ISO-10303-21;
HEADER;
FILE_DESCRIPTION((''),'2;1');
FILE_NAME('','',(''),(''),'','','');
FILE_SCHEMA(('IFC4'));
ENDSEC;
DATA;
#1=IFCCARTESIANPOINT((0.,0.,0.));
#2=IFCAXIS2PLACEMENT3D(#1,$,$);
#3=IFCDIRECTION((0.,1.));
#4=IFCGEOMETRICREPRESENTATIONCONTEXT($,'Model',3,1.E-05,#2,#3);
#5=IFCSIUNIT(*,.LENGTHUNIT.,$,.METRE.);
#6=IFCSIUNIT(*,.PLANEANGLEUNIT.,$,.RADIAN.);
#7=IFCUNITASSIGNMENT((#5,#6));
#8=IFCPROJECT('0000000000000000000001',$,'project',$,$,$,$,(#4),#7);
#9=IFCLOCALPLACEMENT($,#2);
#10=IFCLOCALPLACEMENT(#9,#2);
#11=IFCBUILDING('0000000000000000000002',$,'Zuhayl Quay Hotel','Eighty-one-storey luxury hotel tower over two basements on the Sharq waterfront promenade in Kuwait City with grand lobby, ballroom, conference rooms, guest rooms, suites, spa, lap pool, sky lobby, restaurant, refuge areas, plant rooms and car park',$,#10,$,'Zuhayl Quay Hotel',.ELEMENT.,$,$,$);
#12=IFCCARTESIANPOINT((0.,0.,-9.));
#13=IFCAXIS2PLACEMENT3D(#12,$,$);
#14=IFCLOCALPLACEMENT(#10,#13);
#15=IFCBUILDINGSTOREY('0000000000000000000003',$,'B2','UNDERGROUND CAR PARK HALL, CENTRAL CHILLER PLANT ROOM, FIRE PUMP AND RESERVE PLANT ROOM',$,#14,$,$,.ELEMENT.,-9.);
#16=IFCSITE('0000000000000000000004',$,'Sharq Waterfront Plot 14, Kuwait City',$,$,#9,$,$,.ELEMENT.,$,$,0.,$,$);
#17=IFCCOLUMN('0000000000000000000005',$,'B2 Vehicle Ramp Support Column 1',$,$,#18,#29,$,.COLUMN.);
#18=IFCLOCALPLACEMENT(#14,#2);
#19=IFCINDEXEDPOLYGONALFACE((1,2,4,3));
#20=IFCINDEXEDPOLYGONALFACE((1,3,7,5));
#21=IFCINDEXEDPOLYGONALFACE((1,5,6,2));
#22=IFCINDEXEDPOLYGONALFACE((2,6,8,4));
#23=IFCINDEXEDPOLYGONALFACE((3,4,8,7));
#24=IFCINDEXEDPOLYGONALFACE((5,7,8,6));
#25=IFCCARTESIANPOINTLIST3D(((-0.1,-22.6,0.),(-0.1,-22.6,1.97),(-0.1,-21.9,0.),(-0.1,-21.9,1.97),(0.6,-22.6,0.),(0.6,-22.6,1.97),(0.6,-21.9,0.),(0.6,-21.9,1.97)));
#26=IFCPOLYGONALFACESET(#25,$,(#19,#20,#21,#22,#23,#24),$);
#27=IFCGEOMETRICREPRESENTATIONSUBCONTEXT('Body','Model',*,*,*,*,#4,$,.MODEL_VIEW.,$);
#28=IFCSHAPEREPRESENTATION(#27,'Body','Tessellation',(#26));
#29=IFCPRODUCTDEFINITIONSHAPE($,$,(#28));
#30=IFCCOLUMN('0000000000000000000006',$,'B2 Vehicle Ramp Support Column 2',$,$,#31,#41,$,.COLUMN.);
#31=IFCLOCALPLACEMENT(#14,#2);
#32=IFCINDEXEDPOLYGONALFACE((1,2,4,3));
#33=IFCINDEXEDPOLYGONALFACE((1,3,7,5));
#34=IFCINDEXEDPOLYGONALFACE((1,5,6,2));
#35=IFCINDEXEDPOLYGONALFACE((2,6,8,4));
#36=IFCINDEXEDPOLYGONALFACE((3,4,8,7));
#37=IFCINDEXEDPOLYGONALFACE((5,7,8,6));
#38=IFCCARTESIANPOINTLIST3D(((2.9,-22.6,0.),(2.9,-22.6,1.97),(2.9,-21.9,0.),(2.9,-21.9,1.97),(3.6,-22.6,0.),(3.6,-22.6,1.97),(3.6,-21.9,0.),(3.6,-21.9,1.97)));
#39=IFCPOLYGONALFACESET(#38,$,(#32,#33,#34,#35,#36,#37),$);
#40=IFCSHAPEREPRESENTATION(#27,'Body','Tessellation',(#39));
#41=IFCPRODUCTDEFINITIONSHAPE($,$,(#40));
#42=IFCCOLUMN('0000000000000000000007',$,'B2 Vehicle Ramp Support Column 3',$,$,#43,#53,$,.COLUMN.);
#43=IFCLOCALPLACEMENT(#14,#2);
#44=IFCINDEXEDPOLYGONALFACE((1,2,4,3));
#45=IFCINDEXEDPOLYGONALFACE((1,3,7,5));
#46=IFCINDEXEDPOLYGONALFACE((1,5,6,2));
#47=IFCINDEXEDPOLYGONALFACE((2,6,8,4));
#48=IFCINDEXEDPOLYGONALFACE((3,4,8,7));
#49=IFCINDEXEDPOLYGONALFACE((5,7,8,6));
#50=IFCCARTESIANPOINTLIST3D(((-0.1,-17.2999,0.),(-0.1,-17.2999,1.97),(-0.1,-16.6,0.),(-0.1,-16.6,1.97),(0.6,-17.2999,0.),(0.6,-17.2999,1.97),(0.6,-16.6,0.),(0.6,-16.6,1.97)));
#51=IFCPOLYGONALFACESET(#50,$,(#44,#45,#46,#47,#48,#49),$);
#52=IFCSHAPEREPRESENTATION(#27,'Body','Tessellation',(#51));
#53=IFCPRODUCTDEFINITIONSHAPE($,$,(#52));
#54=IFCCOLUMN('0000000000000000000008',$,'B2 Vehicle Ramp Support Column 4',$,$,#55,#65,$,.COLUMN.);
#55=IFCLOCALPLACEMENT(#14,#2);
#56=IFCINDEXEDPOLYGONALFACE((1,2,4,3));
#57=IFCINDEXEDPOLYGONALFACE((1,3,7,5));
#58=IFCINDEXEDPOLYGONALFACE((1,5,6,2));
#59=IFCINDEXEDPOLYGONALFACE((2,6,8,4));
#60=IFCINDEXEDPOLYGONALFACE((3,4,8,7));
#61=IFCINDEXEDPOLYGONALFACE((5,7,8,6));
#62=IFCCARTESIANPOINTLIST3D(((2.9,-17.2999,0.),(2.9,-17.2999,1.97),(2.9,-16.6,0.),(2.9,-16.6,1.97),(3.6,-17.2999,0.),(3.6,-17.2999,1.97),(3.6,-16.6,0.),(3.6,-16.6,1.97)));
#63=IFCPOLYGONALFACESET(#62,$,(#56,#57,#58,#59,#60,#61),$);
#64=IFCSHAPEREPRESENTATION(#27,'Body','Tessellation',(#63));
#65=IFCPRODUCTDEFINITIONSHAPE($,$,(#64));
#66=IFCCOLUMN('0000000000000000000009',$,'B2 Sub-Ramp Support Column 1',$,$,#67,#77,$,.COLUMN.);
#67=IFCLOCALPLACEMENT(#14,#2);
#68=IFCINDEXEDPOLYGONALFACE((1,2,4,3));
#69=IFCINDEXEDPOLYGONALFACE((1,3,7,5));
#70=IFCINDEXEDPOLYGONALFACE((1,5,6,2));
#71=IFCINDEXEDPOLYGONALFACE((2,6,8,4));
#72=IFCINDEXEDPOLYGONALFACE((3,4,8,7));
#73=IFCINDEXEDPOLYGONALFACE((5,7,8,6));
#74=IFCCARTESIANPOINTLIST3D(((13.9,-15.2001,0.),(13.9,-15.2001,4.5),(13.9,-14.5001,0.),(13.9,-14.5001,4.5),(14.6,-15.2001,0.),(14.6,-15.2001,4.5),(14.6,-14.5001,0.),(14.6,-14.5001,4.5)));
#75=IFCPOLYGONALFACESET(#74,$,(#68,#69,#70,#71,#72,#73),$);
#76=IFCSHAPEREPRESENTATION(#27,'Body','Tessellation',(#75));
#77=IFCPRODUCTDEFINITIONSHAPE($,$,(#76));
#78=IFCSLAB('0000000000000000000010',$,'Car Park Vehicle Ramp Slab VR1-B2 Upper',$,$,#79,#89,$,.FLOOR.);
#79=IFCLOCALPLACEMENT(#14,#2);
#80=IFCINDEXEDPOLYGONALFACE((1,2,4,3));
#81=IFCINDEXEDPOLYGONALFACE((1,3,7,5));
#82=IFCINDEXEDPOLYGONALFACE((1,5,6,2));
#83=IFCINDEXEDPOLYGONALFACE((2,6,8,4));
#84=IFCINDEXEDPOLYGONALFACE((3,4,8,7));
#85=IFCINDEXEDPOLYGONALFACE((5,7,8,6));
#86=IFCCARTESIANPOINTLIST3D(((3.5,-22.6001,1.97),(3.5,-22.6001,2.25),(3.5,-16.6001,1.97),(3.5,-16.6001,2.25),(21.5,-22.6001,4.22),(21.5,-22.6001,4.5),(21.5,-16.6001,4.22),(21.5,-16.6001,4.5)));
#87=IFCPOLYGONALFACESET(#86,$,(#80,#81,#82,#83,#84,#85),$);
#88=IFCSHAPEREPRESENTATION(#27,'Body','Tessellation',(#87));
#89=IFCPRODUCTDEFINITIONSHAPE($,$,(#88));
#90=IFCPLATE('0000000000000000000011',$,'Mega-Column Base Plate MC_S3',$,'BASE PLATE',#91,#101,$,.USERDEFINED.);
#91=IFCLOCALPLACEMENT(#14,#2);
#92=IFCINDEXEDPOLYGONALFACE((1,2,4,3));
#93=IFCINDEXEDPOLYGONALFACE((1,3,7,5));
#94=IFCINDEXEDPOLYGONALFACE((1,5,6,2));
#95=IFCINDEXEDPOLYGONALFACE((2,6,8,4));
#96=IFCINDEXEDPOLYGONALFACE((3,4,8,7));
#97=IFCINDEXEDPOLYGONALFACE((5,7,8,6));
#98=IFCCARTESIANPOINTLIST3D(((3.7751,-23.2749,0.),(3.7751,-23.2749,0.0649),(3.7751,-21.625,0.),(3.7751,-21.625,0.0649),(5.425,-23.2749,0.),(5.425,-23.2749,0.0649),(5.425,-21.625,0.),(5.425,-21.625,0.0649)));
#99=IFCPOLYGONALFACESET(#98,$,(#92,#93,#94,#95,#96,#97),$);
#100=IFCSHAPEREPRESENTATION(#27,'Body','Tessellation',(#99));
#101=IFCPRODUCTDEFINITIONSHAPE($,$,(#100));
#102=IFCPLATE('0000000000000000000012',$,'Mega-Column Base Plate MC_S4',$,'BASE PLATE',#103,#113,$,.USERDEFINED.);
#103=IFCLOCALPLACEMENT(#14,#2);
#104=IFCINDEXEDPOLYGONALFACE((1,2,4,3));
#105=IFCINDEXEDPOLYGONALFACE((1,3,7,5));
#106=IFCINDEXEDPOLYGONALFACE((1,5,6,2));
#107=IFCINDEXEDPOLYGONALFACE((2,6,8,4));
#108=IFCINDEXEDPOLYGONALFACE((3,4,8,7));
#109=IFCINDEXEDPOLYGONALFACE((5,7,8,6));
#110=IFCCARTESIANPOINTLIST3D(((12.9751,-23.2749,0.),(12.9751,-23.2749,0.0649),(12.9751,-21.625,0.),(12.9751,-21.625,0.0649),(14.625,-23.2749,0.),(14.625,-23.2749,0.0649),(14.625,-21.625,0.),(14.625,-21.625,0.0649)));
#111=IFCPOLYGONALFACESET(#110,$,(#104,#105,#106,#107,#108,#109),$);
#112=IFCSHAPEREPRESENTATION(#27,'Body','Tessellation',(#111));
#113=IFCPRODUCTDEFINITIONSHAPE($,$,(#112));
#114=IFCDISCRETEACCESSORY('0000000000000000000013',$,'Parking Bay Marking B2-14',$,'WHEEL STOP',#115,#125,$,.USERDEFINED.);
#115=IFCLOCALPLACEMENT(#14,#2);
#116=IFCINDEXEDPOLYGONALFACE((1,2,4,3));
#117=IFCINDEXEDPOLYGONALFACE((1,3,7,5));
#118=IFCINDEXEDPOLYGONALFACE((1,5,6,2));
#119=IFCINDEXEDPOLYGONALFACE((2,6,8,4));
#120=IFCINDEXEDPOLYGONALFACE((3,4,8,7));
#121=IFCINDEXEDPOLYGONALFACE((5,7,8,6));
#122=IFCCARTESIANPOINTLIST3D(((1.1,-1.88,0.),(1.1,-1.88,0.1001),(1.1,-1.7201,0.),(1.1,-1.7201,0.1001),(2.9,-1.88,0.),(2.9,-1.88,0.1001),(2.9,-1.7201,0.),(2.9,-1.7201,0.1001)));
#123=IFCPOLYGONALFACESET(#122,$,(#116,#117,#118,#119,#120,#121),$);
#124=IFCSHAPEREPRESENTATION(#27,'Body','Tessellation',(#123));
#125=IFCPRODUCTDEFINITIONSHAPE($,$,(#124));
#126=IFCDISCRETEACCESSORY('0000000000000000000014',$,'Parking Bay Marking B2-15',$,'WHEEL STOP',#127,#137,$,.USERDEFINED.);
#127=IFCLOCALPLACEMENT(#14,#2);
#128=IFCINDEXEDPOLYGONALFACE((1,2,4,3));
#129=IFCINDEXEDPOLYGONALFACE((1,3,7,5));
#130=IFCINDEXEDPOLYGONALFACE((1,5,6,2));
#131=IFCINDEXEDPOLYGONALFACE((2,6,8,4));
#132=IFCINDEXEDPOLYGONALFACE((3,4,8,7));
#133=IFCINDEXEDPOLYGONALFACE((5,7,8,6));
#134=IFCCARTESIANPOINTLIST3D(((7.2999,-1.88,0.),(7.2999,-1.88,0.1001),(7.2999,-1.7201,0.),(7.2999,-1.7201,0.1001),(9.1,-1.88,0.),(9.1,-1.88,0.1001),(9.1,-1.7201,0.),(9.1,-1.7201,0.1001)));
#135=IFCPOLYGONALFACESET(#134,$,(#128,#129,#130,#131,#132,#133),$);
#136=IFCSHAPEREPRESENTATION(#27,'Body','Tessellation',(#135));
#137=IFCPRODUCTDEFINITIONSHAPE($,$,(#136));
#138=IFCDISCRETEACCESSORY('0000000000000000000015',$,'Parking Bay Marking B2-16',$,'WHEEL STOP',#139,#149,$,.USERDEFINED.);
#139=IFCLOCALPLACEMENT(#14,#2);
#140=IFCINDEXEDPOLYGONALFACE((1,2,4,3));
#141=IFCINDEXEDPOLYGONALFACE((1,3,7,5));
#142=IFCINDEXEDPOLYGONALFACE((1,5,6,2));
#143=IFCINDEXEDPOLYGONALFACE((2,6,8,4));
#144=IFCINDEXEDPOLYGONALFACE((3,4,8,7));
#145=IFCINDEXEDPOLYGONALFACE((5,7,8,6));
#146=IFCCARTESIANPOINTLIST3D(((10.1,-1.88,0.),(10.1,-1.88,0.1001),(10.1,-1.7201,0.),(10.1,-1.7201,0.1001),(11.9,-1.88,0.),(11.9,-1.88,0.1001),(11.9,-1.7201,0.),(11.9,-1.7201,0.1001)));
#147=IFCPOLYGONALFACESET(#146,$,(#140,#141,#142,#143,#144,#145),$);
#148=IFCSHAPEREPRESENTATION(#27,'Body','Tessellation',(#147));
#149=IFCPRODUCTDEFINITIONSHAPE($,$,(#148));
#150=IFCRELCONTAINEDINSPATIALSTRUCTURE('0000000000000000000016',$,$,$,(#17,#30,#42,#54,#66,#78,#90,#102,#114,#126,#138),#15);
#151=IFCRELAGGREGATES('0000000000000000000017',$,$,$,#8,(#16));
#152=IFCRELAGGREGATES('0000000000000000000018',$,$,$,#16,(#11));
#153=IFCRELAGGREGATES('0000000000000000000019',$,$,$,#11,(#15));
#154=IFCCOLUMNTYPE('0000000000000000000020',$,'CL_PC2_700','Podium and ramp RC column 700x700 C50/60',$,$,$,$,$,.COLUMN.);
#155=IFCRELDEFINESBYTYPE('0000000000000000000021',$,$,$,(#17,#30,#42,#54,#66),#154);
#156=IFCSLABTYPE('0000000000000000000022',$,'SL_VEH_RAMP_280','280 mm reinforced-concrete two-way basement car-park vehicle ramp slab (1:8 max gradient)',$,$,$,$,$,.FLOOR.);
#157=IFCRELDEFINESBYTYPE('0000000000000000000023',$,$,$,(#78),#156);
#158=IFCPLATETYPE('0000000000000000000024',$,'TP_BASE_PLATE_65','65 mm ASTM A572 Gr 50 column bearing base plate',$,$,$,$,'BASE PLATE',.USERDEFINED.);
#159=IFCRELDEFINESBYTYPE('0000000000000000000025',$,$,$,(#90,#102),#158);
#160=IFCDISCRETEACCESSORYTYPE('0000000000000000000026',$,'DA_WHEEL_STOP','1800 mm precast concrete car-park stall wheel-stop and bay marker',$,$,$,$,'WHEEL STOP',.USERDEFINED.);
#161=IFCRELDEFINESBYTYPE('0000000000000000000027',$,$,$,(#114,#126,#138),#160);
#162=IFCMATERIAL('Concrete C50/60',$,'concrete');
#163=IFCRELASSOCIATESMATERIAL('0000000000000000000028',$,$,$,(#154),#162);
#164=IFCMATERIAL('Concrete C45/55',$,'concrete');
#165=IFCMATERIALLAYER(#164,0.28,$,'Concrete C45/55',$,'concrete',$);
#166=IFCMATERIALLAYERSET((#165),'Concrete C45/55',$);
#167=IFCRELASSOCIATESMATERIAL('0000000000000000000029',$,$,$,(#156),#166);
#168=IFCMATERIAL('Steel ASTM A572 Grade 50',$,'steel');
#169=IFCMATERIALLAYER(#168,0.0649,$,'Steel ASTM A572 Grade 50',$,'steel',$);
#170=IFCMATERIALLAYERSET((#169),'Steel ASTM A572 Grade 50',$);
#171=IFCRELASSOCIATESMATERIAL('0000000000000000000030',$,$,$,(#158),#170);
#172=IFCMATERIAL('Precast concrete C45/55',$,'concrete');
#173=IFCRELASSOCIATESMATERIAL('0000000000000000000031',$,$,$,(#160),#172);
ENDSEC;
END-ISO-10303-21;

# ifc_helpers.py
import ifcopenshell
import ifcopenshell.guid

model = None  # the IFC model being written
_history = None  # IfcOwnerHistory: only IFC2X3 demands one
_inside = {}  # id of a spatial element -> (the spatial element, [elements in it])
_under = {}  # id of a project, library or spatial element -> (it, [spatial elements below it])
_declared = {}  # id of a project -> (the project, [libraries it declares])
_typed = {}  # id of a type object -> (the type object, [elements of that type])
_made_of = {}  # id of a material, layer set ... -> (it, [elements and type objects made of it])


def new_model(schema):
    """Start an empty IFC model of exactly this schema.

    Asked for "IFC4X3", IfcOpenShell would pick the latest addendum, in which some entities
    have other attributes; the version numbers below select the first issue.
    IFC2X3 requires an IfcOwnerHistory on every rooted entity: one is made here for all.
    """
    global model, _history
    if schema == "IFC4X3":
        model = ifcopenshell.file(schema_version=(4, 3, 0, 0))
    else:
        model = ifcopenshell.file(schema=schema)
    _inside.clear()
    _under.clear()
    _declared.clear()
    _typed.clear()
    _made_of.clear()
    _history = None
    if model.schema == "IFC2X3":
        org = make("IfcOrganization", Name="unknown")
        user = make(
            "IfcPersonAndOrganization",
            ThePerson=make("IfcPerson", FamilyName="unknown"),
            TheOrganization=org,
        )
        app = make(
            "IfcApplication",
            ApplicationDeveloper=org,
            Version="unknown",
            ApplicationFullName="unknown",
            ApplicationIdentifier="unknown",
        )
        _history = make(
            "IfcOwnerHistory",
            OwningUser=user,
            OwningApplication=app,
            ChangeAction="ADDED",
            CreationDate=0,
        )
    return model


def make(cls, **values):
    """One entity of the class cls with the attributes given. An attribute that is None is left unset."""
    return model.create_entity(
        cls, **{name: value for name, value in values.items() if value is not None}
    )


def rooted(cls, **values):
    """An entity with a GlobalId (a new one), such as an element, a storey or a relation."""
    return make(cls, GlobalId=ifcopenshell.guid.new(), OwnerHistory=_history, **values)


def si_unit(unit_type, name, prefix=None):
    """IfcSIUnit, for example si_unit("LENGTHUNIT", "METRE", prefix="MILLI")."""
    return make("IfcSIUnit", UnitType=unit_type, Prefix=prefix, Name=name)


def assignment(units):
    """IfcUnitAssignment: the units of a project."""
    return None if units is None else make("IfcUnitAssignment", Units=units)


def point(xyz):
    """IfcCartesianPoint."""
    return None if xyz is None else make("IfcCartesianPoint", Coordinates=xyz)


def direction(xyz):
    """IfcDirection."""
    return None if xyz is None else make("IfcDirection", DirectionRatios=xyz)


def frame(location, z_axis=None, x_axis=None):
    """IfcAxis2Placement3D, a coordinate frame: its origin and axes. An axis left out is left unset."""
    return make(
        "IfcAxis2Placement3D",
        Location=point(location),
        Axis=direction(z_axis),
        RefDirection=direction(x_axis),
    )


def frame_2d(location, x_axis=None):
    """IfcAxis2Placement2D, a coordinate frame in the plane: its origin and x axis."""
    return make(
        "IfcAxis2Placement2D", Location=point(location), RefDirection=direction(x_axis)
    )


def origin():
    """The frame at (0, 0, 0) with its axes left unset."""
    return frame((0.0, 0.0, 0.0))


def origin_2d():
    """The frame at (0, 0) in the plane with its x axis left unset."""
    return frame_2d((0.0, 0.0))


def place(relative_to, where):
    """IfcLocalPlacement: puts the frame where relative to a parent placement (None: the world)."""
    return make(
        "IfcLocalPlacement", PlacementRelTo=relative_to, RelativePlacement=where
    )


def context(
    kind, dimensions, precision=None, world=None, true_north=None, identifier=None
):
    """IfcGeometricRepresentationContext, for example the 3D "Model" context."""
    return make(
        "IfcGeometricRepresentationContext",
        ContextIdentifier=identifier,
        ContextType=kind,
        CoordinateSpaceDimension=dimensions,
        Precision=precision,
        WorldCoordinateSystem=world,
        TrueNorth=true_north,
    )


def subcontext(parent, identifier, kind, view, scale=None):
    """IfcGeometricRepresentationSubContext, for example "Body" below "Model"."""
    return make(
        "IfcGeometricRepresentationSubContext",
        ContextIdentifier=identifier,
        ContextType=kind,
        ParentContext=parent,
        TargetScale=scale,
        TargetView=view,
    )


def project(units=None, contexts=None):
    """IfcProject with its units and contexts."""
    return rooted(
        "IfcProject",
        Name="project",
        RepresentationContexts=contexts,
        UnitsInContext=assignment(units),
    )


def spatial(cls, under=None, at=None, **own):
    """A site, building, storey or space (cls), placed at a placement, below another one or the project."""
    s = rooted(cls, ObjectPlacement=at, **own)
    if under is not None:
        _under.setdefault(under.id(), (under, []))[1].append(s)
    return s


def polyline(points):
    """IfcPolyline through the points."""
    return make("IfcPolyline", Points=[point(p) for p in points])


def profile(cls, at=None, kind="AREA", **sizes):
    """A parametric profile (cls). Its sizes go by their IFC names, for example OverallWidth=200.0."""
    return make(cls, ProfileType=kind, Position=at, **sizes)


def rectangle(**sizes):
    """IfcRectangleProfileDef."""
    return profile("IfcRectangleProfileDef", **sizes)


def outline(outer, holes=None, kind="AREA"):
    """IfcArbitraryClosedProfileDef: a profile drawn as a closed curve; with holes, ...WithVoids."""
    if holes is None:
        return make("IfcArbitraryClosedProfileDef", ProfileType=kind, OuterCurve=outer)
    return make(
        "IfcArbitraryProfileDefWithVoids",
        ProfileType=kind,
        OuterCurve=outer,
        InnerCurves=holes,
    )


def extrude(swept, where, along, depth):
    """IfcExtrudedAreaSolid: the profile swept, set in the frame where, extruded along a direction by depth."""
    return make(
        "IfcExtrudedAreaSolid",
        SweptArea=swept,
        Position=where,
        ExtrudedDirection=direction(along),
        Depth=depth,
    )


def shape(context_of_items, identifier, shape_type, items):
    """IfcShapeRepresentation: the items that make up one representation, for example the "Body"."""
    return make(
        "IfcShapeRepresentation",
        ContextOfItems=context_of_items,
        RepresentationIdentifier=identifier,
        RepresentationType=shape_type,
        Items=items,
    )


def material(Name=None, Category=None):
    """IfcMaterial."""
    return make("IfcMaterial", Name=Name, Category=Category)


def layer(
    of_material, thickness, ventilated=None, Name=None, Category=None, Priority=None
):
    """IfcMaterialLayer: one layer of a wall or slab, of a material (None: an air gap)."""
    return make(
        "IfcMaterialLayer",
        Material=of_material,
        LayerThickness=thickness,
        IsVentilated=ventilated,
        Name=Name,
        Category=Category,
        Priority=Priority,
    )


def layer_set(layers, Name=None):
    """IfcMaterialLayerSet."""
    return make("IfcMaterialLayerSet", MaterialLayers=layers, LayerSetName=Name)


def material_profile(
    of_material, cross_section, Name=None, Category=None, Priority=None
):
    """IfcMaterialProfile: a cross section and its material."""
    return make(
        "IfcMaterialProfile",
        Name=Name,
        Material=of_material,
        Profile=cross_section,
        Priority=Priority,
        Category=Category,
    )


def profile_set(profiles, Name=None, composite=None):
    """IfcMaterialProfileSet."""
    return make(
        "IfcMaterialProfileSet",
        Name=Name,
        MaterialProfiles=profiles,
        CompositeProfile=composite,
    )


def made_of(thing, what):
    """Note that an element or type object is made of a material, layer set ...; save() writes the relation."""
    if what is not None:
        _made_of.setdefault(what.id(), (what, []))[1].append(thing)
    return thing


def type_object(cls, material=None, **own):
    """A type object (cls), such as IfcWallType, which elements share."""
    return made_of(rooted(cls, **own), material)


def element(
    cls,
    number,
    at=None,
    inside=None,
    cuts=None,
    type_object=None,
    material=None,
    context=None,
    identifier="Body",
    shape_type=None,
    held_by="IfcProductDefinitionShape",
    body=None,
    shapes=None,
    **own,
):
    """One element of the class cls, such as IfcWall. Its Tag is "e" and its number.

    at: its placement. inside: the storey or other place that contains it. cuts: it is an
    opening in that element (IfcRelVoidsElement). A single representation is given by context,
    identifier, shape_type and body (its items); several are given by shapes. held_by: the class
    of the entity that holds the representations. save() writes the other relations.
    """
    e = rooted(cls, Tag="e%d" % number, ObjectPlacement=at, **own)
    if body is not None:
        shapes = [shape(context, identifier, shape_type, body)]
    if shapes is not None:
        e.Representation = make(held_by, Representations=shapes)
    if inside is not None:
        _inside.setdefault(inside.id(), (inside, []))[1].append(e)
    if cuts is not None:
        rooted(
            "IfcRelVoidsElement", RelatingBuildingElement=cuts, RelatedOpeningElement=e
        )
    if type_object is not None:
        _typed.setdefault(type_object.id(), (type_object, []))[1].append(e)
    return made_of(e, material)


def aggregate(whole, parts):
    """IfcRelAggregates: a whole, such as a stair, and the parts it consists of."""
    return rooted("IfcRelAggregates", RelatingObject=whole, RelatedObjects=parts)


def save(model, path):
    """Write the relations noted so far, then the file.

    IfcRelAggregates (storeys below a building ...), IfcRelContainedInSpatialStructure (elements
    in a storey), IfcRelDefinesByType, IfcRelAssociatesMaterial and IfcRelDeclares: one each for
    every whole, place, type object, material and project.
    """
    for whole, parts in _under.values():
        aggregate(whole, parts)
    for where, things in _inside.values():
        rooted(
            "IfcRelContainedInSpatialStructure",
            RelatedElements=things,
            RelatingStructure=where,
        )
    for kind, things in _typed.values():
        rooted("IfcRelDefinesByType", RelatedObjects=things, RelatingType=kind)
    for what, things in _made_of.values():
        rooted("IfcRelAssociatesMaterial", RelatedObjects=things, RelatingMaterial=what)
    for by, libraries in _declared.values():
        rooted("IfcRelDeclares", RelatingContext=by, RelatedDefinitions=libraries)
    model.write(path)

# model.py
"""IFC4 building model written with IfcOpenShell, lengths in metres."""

from ifc_helpers import new_model, si_unit, direction, frame, origin, origin_2d, place, context, subcontext, project, spatial, polyline, rectangle, outline, extrude, material, layer, layer_set, material_profile, profile_set, type_object, element, save


model = new_model("IFC4")

# Units and contexts
model_context = context("Model", 3, precision=1e-05, world=origin(), true_north=direction((0.0, 1.0)))
body_context = subcontext(model_context, "Body", "Model", "MODEL_VIEW")
ifc_project = project(units=[si_unit("LENGTHUNIT", "METRE"), si_unit("PLANEANGLEUNIT", "RADIAN")], contexts=[model_context])

# Site, building, storey
site_placement = place(None, origin())
site = spatial("IfcSite", under=ifc_project, at=site_placement, Name="Sharq Waterfront Plot 14, Kuwait City", CompositionType="ELEMENT", RefElevation=0.0)
building_placement = place(site_placement, origin())
building = spatial("IfcBuilding", under=site, at=building_placement, Name="Zuhayl Quay Hotel", Description="Eighty-one-storey luxury hotel tower over two basements on the Sharq waterfront promenade in Kuwait City with grand lobby, ballroom, conference rooms, guest rooms, suites, spa, lap pool, sky lobby, restaurant, refuge areas, plant rooms and car park", LongName="Zuhayl Quay Hotel", CompositionType="ELEMENT")
storey_placement = place(building_placement, frame((0.0, 0.0, -9.0)))
storey = spatial("IfcBuildingStorey", under=building, at=storey_placement, Name="B2", Description="UNDERGROUND CAR PARK HALL, CENTRAL CHILLER PLANT ROOM, FIRE PUMP AND RESERVE PLANT ROOM", CompositionType="ELEMENT", Elevation=-9.0)

# Shared definitions
ifc_material_1 = material(Name="Concrete C50/60", Category="concrete")

# Columns
ifc_material_profile_1 = material_profile(ifc_material_1, rectangle(XDim=0.7, YDim=0.7, at=origin_2d()), Name="RC700X700")
ifc_profile_set_1 = profile_set([ifc_material_profile_1], Name="Concrete C50/60")
column_type_1 = type_object("IfcColumnType", Name="CL_PC2_700", Description="Podium and ramp RC column 700x700 C50/60", PredefinedType="COLUMN", material=ifc_profile_set_1)
for number, where, z_axis, x_axis, name in (
    (1, (0.25, -22.25, 0.0), (0.0, 0.0, 1.0), (1.0, 0.0, 0.0), "B2 Vehicle Ramp Support Column 1"),
    (2, (3.25, -22.25, 0.0), (0.0, 0.0, 1.0), (1.0, 0.0, 0.0), "B2 Vehicle Ramp Support Column 2"),
    (3, (0.25, -16.95, 0.0), (0.0, 0.0, 1.0), (1.0, 0.0, 0.0), "B2 Vehicle Ramp Support Column 3"),
    (4, (3.25, -16.95, 0.0), (0.0, 0.0, 1.0), (1.0, 0.0, 0.0), "B2 Vehicle Ramp Support Column 4"),
):
    element("IfcColumn", number, at=place(storey_placement, frame(where, z_axis=z_axis, x_axis=x_axis)), inside=storey, type_object=column_type_1, Name=name, PredefinedType="COLUMN", context=body_context, shape_type="SweptSolid", body=[
        extrude(rectangle(XDim=0.7, YDim=0.7, at=origin_2d()), origin(), (0.0, 0.0, 1.0), 1.97),
    ])
column_placement = place(storey_placement, frame((14.25, -14.8501, 0.0), z_axis=(0.0, 0.0, 1.0), x_axis=(1.0, 0.0, 0.0)))
element("IfcColumn", 5, at=column_placement, inside=storey, type_object=column_type_1, Name="B2 Sub-Ramp Support Column 1", PredefinedType="COLUMN", context=body_context, shape_type="SweptSolid", body=[
    extrude(rectangle(XDim=0.7, YDim=0.7, at=origin_2d()), origin(), (0.0, 0.0, 1.0), 4.5),
])

# Slab
ifc_material_2 = material(Name="Concrete C45/55", Category="concrete")
ifc_layer_1 = layer(ifc_material_2, 0.28, Name="Concrete C45/55", Category="concrete")
ifc_layer_set_1 = layer_set([ifc_layer_1], Name="Concrete C45/55")
slab_type = type_object("IfcSlabType", Name="SL_VEH_RAMP_280", Description="280 mm reinforced-concrete two-way basement car-park vehicle ramp slab (1:8 max gradient)", PredefinedType="FLOOR", material=ifc_layer_set_1)
slab_placement = place(storey_placement, frame((3.5, -19.6001, 2.25), z_axis=(0.0, 0.0, 1.0), x_axis=(1.0, 0.0, 0.0)))
element("IfcSlab", 6, at=slab_placement, inside=storey, type_object=slab_type, Name="Car Park Vehicle Ramp Slab VR1-B2 Upper", PredefinedType="FLOOR", context=body_context, shape_type="SweptSolid", body=[
    extrude(outline(polyline([(0.0, -0.28), (18.0, 1.97), (18.0, 2.25), (0.0, 0.0), (0.0, -0.28)])), frame((0.0, 3.0, 0.0), z_axis=(0.0, -1.0, 0.0), x_axis=(1.0, 0.0, 0.0)), (0.0, 0.0, 1.0), 6.0),
])

# Plates
ifc_material_3 = material(Name="Steel ASTM A572 Grade 50", Category="steel")
ifc_layer_2 = layer(ifc_material_3, 0.0649, Name="Steel ASTM A572 Grade 50", Category="steel")
ifc_layer_set_2 = layer_set([ifc_layer_2], Name="Steel ASTM A572 Grade 50")
plate_type = type_object("IfcPlateType", Name="TP_BASE_PLATE_65", Description="65 mm ASTM A572 Gr 50 column bearing base plate", ElementType="BASE PLATE", PredefinedType="USERDEFINED", material=ifc_layer_set_2)
for number, where, z_axis, x_axis, name in (
    (7, (4.6001, -22.45, 0.0), (0.0, 0.0, 1.0), (1.0, 0.0, 0.0), "Mega-Column Base Plate MC_S3"),
    (8, (13.8, -22.45, 0.0), (0.0, 0.0, 1.0), (1.0, 0.0, 0.0), "Mega-Column Base Plate MC_S4"),
):
    element("IfcPlate", number, at=place(storey_placement, frame(where, z_axis=z_axis, x_axis=x_axis)), inside=storey, type_object=plate_type, Name=name, ObjectType="BASE PLATE", PredefinedType="USERDEFINED", context=body_context, shape_type="SweptSolid", body=[
        extrude(rectangle(XDim=1.6499, YDim=1.6499, at=origin_2d()), origin(), (0.0, 0.0, 1.0), 0.0649),
    ])

# Discrete accessories
ifc_material_4 = material(Name="Precast concrete C45/55", Category="concrete")
discrete_accessory_type = type_object("IfcDiscreteAccessoryType", Name="DA_WHEEL_STOP", Description="1800 mm precast concrete car-park stall wheel-stop and bay marker", ElementType="WHEEL STOP", PredefinedType="USERDEFINED", material=ifc_material_4)
for number, where, z_axis, x_axis, name in (
    (9, (2.0, -1.8, 0.0), (0.0, 0.0, 1.0), (1.0, 0.0, 0.0), "Parking Bay Marking B2-14"),
    (10, (8.2, -1.8, 0.0), (0.0, 0.0, 1.0), (1.0, 0.0, 0.0), "Parking Bay Marking B2-15"),
    (11, (11.0, -1.8, 0.0), (0.0, 0.0, 1.0), (1.0, 0.0, 0.0), "Parking Bay Marking B2-16"),
):
    element("IfcDiscreteAccessory", number, at=place(storey_placement, frame(where, z_axis=z_axis, x_axis=x_axis)), inside=storey, type_object=discrete_accessory_type, Name=name, ObjectType="WHEEL STOP", PredefinedType="USERDEFINED", context=body_context, shape_type="SweptSolid", body=[
        extrude(rectangle(XDim=1.8, YDim=0.1599, at=origin_2d()), origin(), (0.0, 0.0, 1.0), 0.1001),
    ])

save(model, "model.ifc")
